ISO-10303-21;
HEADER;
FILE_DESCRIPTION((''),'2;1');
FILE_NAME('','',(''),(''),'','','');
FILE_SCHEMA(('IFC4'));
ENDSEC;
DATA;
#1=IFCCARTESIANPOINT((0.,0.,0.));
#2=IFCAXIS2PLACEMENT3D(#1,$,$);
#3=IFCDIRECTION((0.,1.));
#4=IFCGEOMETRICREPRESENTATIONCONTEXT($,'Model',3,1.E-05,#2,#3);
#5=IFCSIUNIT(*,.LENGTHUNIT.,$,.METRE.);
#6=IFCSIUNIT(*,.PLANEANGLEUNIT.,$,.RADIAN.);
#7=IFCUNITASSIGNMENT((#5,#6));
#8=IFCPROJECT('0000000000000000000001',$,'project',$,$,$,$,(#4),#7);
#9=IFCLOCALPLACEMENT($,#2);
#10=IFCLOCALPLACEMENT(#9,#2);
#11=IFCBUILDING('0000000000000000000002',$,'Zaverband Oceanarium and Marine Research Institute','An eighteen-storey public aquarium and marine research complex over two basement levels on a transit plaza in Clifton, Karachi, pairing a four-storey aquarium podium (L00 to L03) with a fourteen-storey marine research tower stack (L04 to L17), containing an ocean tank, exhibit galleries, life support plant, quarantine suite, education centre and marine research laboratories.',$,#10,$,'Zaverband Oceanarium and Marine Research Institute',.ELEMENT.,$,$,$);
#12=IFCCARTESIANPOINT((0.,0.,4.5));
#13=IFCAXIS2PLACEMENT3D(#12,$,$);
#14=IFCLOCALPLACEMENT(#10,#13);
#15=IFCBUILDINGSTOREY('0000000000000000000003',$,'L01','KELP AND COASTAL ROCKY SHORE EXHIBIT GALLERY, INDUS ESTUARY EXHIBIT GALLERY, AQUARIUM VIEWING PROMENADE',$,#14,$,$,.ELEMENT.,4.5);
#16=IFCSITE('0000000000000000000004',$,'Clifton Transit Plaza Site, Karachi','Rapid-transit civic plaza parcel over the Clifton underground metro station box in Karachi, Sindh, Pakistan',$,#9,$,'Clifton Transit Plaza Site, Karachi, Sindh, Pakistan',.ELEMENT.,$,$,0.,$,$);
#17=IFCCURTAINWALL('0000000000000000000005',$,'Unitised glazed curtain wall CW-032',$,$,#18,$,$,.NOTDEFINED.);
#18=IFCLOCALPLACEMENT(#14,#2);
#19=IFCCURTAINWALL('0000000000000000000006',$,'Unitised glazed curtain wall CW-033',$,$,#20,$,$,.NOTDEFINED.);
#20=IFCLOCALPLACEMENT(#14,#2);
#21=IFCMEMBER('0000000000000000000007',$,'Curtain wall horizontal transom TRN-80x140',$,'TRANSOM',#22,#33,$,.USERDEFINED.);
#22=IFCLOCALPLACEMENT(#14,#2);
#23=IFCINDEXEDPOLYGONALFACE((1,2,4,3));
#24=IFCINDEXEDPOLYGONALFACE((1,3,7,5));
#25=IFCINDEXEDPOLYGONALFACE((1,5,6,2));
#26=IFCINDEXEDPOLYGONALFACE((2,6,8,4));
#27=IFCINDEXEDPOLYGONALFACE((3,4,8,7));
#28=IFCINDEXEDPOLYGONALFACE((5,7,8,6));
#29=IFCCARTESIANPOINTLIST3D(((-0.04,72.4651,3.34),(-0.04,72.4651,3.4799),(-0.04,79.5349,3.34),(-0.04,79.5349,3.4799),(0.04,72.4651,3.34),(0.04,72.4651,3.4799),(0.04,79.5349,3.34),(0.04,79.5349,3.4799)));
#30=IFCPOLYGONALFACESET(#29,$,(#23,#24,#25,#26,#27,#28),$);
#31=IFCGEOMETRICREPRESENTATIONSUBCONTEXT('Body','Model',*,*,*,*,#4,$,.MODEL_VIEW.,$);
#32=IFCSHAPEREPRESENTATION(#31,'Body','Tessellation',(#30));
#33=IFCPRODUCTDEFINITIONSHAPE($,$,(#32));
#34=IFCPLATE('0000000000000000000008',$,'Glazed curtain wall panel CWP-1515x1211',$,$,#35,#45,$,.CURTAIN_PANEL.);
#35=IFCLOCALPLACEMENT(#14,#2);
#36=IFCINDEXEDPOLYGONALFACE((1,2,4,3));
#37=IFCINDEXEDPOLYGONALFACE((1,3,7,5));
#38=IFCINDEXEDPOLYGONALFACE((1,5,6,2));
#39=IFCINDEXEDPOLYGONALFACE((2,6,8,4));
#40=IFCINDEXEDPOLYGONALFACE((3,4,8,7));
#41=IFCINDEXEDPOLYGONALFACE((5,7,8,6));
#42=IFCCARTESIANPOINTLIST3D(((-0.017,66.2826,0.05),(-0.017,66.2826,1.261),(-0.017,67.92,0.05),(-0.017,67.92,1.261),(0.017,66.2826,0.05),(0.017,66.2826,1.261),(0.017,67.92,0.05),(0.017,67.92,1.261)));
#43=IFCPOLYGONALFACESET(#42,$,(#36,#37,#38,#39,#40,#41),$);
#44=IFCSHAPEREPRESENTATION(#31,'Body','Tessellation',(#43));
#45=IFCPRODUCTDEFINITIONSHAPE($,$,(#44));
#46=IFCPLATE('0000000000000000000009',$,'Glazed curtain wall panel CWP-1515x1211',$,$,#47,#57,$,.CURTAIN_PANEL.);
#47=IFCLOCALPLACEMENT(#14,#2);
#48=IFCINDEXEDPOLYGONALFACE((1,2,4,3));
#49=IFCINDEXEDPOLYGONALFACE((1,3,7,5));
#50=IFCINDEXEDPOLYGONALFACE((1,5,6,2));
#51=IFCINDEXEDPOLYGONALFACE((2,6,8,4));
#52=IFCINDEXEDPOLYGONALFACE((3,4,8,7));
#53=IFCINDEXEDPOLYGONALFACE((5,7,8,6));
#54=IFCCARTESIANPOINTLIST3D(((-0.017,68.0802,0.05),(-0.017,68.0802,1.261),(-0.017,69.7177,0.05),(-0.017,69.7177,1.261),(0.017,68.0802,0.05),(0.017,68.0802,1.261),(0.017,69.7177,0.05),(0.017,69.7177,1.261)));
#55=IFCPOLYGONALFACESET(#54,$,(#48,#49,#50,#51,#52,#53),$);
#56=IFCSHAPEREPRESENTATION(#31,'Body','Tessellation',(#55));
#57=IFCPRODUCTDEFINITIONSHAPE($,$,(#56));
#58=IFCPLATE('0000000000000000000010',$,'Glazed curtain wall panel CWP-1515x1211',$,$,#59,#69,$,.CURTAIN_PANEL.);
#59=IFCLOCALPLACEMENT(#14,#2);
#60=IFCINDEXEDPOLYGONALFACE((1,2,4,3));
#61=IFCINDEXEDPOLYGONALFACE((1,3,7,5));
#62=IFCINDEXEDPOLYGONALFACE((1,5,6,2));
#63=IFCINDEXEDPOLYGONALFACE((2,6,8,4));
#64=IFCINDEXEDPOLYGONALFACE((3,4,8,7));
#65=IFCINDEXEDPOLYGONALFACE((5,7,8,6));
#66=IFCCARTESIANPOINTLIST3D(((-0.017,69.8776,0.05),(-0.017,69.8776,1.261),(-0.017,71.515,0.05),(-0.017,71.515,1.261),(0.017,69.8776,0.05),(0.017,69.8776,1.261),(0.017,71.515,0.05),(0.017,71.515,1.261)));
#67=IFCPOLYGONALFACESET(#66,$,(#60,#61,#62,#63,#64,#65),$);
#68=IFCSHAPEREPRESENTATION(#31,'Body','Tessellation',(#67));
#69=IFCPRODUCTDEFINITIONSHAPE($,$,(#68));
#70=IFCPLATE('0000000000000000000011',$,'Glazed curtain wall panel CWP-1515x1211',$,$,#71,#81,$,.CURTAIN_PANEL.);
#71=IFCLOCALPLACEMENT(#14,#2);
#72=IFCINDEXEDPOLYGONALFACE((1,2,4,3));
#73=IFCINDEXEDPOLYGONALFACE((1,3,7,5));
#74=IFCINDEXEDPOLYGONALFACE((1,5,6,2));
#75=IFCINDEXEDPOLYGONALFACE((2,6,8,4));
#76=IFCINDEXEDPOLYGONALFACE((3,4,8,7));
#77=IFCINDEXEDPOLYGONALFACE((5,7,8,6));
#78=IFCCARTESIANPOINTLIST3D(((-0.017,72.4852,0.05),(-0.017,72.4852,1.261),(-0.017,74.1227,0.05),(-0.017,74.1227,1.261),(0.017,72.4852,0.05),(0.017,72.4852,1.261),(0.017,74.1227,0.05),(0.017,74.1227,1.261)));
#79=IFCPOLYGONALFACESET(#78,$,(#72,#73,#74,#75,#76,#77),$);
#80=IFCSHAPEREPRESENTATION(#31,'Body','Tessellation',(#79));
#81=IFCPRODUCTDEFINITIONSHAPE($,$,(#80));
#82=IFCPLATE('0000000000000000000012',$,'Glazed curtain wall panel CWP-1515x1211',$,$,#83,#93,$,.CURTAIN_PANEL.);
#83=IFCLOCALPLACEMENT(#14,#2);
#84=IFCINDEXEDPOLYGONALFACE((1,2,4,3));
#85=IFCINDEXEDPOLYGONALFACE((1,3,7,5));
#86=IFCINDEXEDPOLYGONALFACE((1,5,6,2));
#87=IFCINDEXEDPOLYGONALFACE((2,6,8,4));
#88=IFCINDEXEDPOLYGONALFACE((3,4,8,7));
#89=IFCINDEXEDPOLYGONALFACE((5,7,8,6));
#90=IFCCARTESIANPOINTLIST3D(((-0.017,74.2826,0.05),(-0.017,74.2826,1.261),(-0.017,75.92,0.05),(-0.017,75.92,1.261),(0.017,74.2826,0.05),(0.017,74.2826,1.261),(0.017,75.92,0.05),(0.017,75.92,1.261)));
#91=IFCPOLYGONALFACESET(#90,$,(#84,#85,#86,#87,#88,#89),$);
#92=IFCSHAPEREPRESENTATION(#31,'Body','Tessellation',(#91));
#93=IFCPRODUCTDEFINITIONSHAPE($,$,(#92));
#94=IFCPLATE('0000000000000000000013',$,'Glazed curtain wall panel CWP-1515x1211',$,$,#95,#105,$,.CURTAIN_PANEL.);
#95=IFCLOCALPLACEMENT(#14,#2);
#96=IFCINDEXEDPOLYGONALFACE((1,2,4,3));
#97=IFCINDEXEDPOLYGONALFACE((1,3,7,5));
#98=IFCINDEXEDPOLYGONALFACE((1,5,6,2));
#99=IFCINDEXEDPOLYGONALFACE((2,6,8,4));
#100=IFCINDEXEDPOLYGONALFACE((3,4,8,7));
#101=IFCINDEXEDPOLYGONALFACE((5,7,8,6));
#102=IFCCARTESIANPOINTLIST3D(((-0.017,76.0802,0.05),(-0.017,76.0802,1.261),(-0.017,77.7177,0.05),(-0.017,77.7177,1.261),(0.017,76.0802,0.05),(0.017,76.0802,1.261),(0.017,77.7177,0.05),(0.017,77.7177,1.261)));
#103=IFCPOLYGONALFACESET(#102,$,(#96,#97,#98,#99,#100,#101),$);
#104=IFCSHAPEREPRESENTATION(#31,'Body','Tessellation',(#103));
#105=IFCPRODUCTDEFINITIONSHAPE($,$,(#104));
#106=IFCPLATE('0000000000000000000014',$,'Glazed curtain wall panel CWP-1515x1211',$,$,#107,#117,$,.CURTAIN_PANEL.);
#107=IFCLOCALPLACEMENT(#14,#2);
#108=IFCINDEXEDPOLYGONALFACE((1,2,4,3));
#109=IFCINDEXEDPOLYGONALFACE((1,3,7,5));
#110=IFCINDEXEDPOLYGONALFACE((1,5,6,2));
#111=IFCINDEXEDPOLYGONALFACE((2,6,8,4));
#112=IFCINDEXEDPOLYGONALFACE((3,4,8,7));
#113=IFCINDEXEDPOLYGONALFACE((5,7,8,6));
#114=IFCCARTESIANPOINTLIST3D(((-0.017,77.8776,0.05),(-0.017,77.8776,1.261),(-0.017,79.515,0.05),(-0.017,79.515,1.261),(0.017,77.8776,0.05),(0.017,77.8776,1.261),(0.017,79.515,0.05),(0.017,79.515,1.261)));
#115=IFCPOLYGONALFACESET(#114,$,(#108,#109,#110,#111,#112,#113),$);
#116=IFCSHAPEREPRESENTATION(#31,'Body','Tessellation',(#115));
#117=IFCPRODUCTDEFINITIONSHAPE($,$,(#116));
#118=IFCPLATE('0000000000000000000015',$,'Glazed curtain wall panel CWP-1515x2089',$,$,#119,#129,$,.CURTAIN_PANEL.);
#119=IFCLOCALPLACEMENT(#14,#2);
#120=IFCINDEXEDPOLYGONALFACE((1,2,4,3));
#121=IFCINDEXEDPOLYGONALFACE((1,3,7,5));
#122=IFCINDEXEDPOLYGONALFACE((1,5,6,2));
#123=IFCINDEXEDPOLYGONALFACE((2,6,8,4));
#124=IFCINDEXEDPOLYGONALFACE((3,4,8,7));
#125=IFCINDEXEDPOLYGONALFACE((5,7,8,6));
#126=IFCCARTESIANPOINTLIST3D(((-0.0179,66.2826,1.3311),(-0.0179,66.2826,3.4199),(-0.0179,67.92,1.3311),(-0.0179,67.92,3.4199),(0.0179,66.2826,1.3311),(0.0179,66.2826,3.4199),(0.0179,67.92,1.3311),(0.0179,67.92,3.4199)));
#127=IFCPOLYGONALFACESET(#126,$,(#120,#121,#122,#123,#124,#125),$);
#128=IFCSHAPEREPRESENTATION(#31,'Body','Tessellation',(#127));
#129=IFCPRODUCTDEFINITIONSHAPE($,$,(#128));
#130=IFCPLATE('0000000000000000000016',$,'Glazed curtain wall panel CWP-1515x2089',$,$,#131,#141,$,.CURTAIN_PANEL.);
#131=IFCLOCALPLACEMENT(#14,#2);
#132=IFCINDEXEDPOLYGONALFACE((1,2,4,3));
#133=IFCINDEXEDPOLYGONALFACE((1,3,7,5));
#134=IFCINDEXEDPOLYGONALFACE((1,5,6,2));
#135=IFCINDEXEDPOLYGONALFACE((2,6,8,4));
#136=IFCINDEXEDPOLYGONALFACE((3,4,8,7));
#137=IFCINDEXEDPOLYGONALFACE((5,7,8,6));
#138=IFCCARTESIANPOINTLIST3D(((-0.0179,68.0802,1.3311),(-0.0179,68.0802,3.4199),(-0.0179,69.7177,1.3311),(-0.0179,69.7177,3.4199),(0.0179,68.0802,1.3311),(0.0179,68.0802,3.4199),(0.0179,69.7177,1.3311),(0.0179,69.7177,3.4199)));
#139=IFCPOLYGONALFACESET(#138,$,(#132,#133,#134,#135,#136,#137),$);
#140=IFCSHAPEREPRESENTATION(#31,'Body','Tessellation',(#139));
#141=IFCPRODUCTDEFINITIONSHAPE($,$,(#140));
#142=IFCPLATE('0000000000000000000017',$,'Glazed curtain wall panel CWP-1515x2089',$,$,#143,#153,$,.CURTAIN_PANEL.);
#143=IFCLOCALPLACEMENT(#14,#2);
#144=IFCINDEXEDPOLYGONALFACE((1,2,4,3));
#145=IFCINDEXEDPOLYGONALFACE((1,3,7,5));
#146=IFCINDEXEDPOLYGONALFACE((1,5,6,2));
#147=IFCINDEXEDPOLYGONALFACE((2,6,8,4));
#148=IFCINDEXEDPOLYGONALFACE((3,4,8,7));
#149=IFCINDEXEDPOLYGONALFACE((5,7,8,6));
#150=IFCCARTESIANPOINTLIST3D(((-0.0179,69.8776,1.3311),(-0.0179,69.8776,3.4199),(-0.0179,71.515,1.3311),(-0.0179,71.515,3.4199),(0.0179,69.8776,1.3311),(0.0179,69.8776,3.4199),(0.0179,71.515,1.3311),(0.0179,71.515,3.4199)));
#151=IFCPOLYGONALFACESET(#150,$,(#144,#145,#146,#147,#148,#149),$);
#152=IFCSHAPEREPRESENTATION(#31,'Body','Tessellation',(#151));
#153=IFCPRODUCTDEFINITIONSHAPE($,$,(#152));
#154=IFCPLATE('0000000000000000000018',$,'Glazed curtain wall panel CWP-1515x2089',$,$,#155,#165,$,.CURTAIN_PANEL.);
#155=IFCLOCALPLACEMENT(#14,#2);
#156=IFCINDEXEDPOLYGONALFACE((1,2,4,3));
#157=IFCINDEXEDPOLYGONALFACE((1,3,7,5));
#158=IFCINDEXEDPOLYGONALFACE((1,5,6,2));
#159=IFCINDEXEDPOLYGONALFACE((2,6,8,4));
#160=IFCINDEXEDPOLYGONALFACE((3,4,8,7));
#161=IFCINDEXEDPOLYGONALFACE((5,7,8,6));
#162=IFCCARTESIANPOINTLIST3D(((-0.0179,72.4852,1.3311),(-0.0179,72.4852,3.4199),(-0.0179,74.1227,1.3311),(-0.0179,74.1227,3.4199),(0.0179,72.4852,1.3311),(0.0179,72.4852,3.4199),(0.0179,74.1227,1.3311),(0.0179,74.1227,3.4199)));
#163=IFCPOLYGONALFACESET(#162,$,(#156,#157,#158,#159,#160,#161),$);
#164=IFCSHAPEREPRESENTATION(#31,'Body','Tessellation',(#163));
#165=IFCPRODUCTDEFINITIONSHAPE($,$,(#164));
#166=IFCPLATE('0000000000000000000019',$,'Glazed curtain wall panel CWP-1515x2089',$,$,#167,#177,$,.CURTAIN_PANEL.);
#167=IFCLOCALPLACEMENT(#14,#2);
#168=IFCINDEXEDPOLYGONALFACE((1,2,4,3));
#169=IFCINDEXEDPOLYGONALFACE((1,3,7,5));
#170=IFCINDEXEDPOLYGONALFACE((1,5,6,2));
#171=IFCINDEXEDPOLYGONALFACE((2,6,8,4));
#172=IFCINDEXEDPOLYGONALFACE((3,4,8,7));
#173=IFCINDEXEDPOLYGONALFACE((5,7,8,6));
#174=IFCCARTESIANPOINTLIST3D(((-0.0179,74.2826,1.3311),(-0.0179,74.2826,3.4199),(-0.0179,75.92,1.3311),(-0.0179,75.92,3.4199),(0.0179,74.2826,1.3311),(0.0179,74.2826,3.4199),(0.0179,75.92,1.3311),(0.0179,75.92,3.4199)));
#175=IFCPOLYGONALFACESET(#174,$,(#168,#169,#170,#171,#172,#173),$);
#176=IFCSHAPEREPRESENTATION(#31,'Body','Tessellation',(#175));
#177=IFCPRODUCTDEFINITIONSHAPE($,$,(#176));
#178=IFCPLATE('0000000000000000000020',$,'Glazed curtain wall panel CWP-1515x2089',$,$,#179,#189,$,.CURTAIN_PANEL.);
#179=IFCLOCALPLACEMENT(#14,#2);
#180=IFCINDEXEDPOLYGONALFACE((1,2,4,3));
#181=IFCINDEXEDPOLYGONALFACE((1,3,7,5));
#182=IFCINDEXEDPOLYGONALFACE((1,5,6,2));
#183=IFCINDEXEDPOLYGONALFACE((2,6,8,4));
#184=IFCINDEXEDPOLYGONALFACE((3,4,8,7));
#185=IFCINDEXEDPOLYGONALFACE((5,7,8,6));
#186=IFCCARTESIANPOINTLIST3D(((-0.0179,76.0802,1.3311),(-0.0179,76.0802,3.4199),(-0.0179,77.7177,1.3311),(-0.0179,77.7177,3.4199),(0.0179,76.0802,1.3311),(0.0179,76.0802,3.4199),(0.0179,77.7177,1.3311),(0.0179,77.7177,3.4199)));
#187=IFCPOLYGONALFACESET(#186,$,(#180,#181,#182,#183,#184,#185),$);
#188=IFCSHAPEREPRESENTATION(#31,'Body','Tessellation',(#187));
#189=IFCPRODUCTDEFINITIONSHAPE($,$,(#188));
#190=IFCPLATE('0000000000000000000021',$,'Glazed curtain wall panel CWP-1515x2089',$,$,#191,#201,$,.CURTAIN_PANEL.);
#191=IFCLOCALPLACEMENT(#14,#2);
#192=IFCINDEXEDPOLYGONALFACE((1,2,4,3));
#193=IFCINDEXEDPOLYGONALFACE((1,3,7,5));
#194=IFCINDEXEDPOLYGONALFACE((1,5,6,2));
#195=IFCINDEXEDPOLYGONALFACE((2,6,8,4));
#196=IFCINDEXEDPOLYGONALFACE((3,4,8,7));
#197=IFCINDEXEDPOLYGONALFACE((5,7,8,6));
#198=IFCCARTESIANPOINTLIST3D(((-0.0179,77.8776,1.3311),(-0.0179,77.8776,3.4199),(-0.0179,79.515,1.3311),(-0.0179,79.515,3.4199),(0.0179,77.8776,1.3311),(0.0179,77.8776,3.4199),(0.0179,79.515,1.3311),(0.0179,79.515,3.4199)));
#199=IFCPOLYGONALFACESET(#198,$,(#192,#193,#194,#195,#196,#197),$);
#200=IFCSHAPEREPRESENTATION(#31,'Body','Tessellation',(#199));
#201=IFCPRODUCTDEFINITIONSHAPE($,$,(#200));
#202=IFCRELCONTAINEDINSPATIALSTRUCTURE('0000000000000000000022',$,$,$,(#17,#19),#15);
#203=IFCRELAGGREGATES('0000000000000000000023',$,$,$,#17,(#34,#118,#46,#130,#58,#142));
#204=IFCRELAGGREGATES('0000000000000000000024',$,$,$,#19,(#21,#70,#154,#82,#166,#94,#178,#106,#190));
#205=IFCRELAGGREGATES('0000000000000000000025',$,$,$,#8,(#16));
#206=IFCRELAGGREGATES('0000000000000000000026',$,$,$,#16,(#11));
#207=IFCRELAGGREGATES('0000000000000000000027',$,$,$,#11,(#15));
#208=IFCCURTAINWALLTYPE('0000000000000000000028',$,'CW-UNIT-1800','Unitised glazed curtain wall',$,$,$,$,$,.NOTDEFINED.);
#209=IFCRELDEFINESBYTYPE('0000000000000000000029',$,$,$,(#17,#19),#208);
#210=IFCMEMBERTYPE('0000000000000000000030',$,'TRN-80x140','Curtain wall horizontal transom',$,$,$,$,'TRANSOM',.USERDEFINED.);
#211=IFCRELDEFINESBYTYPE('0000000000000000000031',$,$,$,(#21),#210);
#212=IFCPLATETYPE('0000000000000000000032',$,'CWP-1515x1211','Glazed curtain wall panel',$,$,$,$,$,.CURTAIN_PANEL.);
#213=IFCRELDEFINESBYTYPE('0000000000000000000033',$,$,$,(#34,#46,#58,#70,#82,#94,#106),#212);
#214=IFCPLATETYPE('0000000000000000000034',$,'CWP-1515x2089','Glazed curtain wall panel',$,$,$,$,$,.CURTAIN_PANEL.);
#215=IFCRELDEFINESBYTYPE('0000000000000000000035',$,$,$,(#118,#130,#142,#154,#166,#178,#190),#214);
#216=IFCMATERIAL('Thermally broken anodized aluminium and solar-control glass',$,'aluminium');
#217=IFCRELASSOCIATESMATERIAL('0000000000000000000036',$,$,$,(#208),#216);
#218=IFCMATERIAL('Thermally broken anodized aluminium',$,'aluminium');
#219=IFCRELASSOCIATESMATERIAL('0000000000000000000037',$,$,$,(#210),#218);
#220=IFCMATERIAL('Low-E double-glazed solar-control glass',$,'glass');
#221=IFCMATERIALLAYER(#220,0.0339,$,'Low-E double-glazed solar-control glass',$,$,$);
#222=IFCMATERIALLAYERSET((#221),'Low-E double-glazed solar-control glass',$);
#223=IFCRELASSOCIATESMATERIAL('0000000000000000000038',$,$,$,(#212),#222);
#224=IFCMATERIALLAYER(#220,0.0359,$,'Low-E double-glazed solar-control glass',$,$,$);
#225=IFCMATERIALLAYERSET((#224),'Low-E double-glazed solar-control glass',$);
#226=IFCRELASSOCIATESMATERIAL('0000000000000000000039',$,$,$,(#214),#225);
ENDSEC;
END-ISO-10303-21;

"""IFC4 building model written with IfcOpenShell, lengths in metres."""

from ifc_helpers import new_model, si_unit, direction, frame, frame_2d, origin, origin_2d, place, context, subcontext, project, spatial, rectangle, extrude, material, layer, layer_set, material_profile, profile_set, type_object, element, aggregate, save


model = new_model("IFC4")

# Units and contexts
model_context = context("Model", 3, precision=1e-05, world=origin(), true_north=direction((0.0, 1.0)))
body_context = subcontext(model_context, "Body", "Model", "MODEL_VIEW")
ifc_project = project(units=[si_unit("LENGTHUNIT", "METRE"), si_unit("PLANEANGLEUNIT", "RADIAN")], contexts=[model_context])

# Site, building, storey
site_placement = place(None, origin())
site = spatial("IfcSite", under=ifc_project, at=site_placement, Name="Clifton Transit Plaza Site, Karachi", Description="Rapid-transit civic plaza parcel over the Clifton underground metro station box in Karachi, Sindh, Pakistan", LongName="Clifton Transit Plaza Site, Karachi, Sindh, Pakistan", CompositionType="ELEMENT", RefElevation=0.0)
building_placement = place(site_placement, origin())
building = spatial("IfcBuilding", under=site, at=building_placement, Name="Zaverband Oceanarium and Marine Research Institute", Description="An eighteen-storey public aquarium and marine research complex over two basement levels on a transit plaza in Clifton, Karachi, pairing a four-storey aquarium podium (L00 to L03) with a fourteen-storey marine research tower stack (L04 to L17), containing an ocean tank, exhibit galleries, life support plant, quarantine suite, education centre and marine research laboratories.", LongName="Zaverband Oceanarium and Marine Research Institute", CompositionType="ELEMENT")
storey_placement = place(building_placement, frame((0.0, 0.0, 4.5)))
storey = spatial("IfcBuildingStorey", under=building, at=storey_placement, Name="L01", Description="KELP AND COASTAL ROCKY SHORE EXHIBIT GALLERY, INDUS ESTUARY EXHIBIT GALLERY, AQUARIUM VIEWING PROMENADE", CompositionType="ELEMENT", Elevation=4.5)

# Curtain walls
ifc_material_1 = material(Name="Thermally broken anodized aluminium and solar-control glass", Category="aluminium")
curtain_wall_type = type_object("IfcCurtainWallType", Name="CW-UNIT-1800", Description="Unitised glazed curtain wall", PredefinedType="NOTDEFINED", material=ifc_material_1)
curtain_wall_1_placement = place(storey_placement, origin())
curtain_wall_1 = element("IfcCurtainWall", 1, at=curtain_wall_1_placement, inside=storey, type_object=curtain_wall_type, Name="Unitised glazed curtain wall CW-032", PredefinedType="NOTDEFINED")
ifc_material_2 = material(Name="Thermally broken anodized aluminium", Category="aluminium")
curtain_wall_2_placement = place(storey_placement, origin())
curtain_wall_2 = element("IfcCurtainWall", 2, at=curtain_wall_2_placement, inside=storey, type_object=curtain_wall_type, Name="Unitised glazed curtain wall CW-033", PredefinedType="NOTDEFINED")

# Member
ifc_material_profile_1 = material_profile(ifc_material_2, rectangle(XDim=0.0801, YDim=0.1399, at=origin_2d()), Name="AL-TRN-80x140")
ifc_profile_set_1 = profile_set([ifc_material_profile_1], Name="Thermally broken anodized aluminium")
member_type_1 = type_object("IfcMemberType", Name="TRN-80x140", Description="Curtain wall horizontal transom", ElementType="TRANSOM", PredefinedType="USERDEFINED", material=ifc_profile_set_1)
member_1_placement = place(storey_placement, frame((0.0, 72.4651, 3.4099), z_axis=(0.0, 1.0, 0.0), x_axis=(-1.0, 0.0, 0.0)))
member_1 = element("IfcMember", 3, at=member_1_placement, type_object=member_type_1, Name="Curtain wall horizontal transom TRN-80x140", ObjectType="TRANSOM", PredefinedType="USERDEFINED", context=body_context, shape_type="SweptSolid", body=[
    extrude(rectangle(XDim=0.0801, YDim=0.1399, at=origin_2d()), origin(), (0.0, 0.0, 1.0), 7.0698),
])

# Plates
ifc_material_3 = material(Name="Low-E double-glazed solar-control glass", Category="glass")
ifc_layer_1 = layer(ifc_material_3, 0.0339, Name="Low-E double-glazed solar-control glass")
ifc_layer_set_1 = layer_set([ifc_layer_1], Name="Low-E double-glazed solar-control glass")
plate_type_1 = type_object("IfcPlateType", Name="CWP-1515x1211", Description="Glazed curtain wall panel", PredefinedType="CURTAIN_PANEL", material=ifc_layer_set_1)
plate_1_placement = place(storey_placement, frame((0.0, 66.2825, 0.05), z_axis=(0.0, 0.0, 1.0), x_axis=(0.0, 1.0, 0.0)))
plate_1 = element("IfcPlate", 4, at=plate_1_placement, type_object=plate_type_1, Name="Glazed curtain wall panel CWP-1515x1211", PredefinedType="CURTAIN_PANEL", context=body_context, shape_type="SweptSolid", body=[
    extrude(rectangle(XDim=1.6375, YDim=0.0339, at=frame_2d((0.8188, 0.0))), origin(), (0.0, 0.0, 1.0), 1.2109),
])
plate_2_placement = place(storey_placement, frame((0.0, 68.0801, 0.05), z_axis=(0.0, 0.0, 1.0), x_axis=(0.0, 1.0, 0.0)))
plate_2 = element("IfcPlate", 5, at=plate_2_placement, type_object=plate_type_1, Name="Glazed curtain wall panel CWP-1515x1211", PredefinedType="CURTAIN_PANEL", context=body_context, shape_type="SweptSolid", body=[
    extrude(rectangle(XDim=1.6375, YDim=0.0339, at=frame_2d((0.8188, 0.0))), origin(), (0.0, 0.0, 1.0), 1.2109),
])
plate_3_placement = place(storey_placement, frame((0.0, 69.8774, 0.05), z_axis=(0.0, 0.0, 1.0), x_axis=(0.0, 1.0, 0.0)))
plate_3 = element("IfcPlate", 6, at=plate_3_placement, type_object=plate_type_1, Name="Glazed curtain wall panel CWP-1515x1211", PredefinedType="CURTAIN_PANEL", context=body_context, shape_type="SweptSolid", body=[
    extrude(rectangle(XDim=1.6375, YDim=0.0339, at=frame_2d((0.8188, 0.0))), origin(), (0.0, 0.0, 1.0), 1.2109),
])
plate_4_placement = place(storey_placement, frame((0.0, 72.4851, 0.05), z_axis=(0.0, 0.0, 1.0), x_axis=(0.0, 1.0, 0.0)))
plate_4 = element("IfcPlate", 7, at=plate_4_placement, type_object=plate_type_1, Name="Glazed curtain wall panel CWP-1515x1211", PredefinedType="CURTAIN_PANEL", context=body_context, shape_type="SweptSolid", body=[
    extrude(rectangle(XDim=1.6375, YDim=0.0339, at=frame_2d((0.8188, 0.0))), origin(), (0.0, 0.0, 1.0), 1.2109),
])
plate_5_placement = place(storey_placement, frame((0.0, 74.2825, 0.05), z_axis=(0.0, 0.0, 1.0), x_axis=(0.0, 1.0, 0.0)))
plate_5 = element("IfcPlate", 8, at=plate_5_placement, type_object=plate_type_1, Name="Glazed curtain wall panel CWP-1515x1211", PredefinedType="CURTAIN_PANEL", context=body_context, shape_type="SweptSolid", body=[
    extrude(rectangle(XDim=1.6375, YDim=0.0339, at=frame_2d((0.8188, 0.0))), origin(), (0.0, 0.0, 1.0), 1.2109),
])
plate_6_placement = place(storey_placement, frame((0.0, 76.0801, 0.05), z_axis=(0.0, 0.0, 1.0), x_axis=(0.0, 1.0, 0.0)))
plate_6 = element("IfcPlate", 9, at=plate_6_placement, type_object=plate_type_1, Name="Glazed curtain wall panel CWP-1515x1211", PredefinedType="CURTAIN_PANEL", context=body_context, shape_type="SweptSolid", body=[
    extrude(rectangle(XDim=1.6375, YDim=0.0339, at=frame_2d((0.8188, 0.0))), origin(), (0.0, 0.0, 1.0), 1.2109),
])
plate_7_placement = place(storey_placement, frame((0.0, 77.8774, 0.05), z_axis=(0.0, 0.0, 1.0), x_axis=(0.0, 1.0, 0.0)))
plate_7 = element("IfcPlate", 10, at=plate_7_placement, type_object=plate_type_1, Name="Glazed curtain wall panel CWP-1515x1211", PredefinedType="CURTAIN_PANEL", context=body_context, shape_type="SweptSolid", body=[
    extrude(rectangle(XDim=1.6375, YDim=0.0339, at=frame_2d((0.8188, 0.0))), origin(), (0.0, 0.0, 1.0), 1.2109),
])
ifc_layer_2 = layer(ifc_material_3, 0.0359, Name="Low-E double-glazed solar-control glass")
ifc_layer_set_2 = layer_set([ifc_layer_2], Name="Low-E double-glazed solar-control glass")
plate_type_2 = type_object("IfcPlateType", Name="CWP-1515x2089", Description="Glazed curtain wall panel", PredefinedType="CURTAIN_PANEL", material=ifc_layer_set_2)
plate_8_placement = place(storey_placement, frame((0.0, 66.2825, 1.3311), z_axis=(0.0, 0.0, 1.0), x_axis=(0.0, 1.0, 0.0)))
plate_8 = element("IfcPlate", 11, at=plate_8_placement, type_object=plate_type_2, Name="Glazed curtain wall panel CWP-1515x2089", PredefinedType="CURTAIN_PANEL", context=body_context, shape_type="SweptSolid", body=[
    extrude(rectangle(XDim=1.6375, YDim=0.0359, at=frame_2d((0.8188, 0.0))), origin(), (0.0, 0.0, 1.0), 2.0889),
])
plate_9_placement = place(storey_placement, frame((0.0, 68.0801, 1.3311), z_axis=(0.0, 0.0, 1.0), x_axis=(0.0, 1.0, 0.0)))
plate_9 = element("IfcPlate", 12, at=plate_9_placement, type_object=plate_type_2, Name="Glazed curtain wall panel CWP-1515x2089", PredefinedType="CURTAIN_PANEL", context=body_context, shape_type="SweptSolid", body=[
    extrude(rectangle(XDim=1.6375, YDim=0.0359, at=frame_2d((0.8188, 0.0))), origin(), (0.0, 0.0, 1.0), 2.0889),
])
plate_10_placement = place(storey_placement, frame((0.0, 69.8774, 1.3311), z_axis=(0.0, 0.0, 1.0), x_axis=(0.0, 1.0, 0.0)))
plate_10 = element("IfcPlate", 13, at=plate_10_placement, type_object=plate_type_2, Name="Glazed curtain wall panel CWP-1515x2089", PredefinedType="CURTAIN_PANEL", context=body_context, shape_type="SweptSolid", body=[
    extrude(rectangle(XDim=1.6375, YDim=0.0359, at=frame_2d((0.8188, 0.0))), origin(), (0.0, 0.0, 1.0), 2.0889),
])
aggregate(curtain_wall_1, [plate_1, plate_8, plate_2, plate_9, plate_3, plate_10])
plate_11_placement = place(storey_placement, frame((0.0, 72.4851, 1.3311), z_axis=(0.0, 0.0, 1.0), x_axis=(0.0, 1.0, 0.0)))
plate_11 = element("IfcPlate", 14, at=plate_11_placement, type_object=plate_type_2, Name="Glazed curtain wall panel CWP-1515x2089", PredefinedType="CURTAIN_PANEL", context=body_context, shape_type="SweptSolid", body=[
    extrude(rectangle(XDim=1.6375, YDim=0.0359, at=frame_2d((0.8188, 0.0))), origin(), (0.0, 0.0, 1.0), 2.0889),
])
plate_12_placement = place(storey_placement, frame((0.0, 74.2825, 1.3311), z_axis=(0.0, 0.0, 1.0), x_axis=(0.0, 1.0, 0.0)))
plate_12 = element("IfcPlate", 15, at=plate_12_placement, type_object=plate_type_2, Name="Glazed curtain wall panel CWP-1515x2089", PredefinedType="CURTAIN_PANEL", context=body_context, shape_type="SweptSolid", body=[
    extrude(rectangle(XDim=1.6375, YDim=0.0359, at=frame_2d((0.8188, 0.0))), origin(), (0.0, 0.0, 1.0), 2.0889),
])
plate_13_placement = place(storey_placement, frame((0.0, 76.0801, 1.3311), z_axis=(0.0, 0.0, 1.0), x_axis=(0.0, 1.0, 0.0)))
plate_13 = element("IfcPlate", 16, at=plate_13_placement, type_object=plate_type_2, Name="Glazed curtain wall panel CWP-1515x2089", PredefinedType="CURTAIN_PANEL", context=body_context, shape_type="SweptSolid", body=[
    extrude(rectangle(XDim=1.6375, YDim=0.0359, at=frame_2d((0.8188, 0.0))), origin(), (0.0, 0.0, 1.0), 2.0889),
])
plate_14_placement = place(storey_placement, frame((0.0, 77.8774, 1.3311), z_axis=(0.0, 0.0, 1.0), x_axis=(0.0, 1.0, 0.0)))
plate_14 = element("IfcPlate", 17, at=plate_14_placement, type_object=plate_type_2, Name="Glazed curtain wall panel CWP-1515x2089", PredefinedType="CURTAIN_PANEL", context=body_context, shape_type="SweptSolid", body=[
    extrude(rectangle(XDim=1.6375, YDim=0.0359, at=frame_2d((0.8188, 0.0))), origin(), (0.0, 0.0, 1.0), 2.0889),
])
aggregate(curtain_wall_2, [member_1, plate_4, plate_11, plate_5, plate_12, plate_6, plate_13, plate_7, plate_14])

save(model, "model.ifc")
